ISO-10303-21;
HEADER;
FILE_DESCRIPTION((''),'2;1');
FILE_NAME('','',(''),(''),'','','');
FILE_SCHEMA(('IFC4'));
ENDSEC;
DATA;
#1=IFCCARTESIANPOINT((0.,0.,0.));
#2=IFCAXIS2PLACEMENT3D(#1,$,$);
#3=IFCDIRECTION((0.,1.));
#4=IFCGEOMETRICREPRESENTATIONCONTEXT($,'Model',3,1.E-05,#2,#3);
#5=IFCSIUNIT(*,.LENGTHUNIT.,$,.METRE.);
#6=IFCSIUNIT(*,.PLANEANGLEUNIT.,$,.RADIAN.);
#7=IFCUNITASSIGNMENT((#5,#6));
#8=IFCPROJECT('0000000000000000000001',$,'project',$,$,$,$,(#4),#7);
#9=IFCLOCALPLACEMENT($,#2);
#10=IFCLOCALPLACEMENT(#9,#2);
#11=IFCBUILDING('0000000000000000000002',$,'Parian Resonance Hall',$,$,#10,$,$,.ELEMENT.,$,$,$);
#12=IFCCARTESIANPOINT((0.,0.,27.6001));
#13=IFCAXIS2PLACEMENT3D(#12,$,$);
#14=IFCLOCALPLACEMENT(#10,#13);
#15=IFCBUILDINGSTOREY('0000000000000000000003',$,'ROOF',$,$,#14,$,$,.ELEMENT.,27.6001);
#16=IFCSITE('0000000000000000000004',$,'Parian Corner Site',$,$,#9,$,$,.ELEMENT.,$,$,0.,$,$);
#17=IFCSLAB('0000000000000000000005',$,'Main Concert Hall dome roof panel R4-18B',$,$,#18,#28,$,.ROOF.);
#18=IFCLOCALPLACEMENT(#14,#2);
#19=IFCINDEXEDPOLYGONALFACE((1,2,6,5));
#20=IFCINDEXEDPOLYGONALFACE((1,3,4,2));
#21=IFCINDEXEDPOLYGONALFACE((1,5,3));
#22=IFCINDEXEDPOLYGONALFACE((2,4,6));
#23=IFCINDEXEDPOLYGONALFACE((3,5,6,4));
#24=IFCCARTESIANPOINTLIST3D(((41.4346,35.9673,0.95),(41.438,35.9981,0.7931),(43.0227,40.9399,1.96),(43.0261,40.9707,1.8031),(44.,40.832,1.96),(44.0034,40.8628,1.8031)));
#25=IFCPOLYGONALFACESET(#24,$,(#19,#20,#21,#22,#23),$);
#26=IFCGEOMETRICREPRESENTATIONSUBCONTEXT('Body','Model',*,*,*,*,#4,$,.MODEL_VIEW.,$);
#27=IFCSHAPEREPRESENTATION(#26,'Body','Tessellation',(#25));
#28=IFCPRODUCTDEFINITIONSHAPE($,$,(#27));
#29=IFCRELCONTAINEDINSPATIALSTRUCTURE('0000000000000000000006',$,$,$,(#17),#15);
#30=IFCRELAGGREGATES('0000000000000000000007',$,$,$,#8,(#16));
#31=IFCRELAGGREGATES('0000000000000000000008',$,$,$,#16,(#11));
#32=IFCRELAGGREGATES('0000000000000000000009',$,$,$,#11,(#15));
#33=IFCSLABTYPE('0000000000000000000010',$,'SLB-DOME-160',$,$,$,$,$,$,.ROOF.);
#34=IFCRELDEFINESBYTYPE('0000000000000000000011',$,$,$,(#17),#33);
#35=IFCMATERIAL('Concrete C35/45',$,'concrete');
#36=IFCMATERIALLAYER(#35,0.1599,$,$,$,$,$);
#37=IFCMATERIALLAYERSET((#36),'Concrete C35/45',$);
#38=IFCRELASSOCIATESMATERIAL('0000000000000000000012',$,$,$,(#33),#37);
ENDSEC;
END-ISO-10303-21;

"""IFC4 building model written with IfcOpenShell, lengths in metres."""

from ifc_helpers import new_model, si_unit, direction, frame, origin, place, context, subcontext, project, spatial, polyline, outline, extrude, material, layer, layer_set, type_object, element, save


model = new_model("IFC4")

# Units and contexts
model_context = context("Model", 3, precision=1e-05, world=origin(), true_north=direction((0.0, 1.0)))
body_context = subcontext(model_context, "Body", "Model", "MODEL_VIEW")
ifc_project = project(units=[si_unit("LENGTHUNIT", "METRE"), si_unit("PLANEANGLEUNIT", "RADIAN")], contexts=[model_context])

# Site, building, storey
site_placement = place(None, origin())
site = spatial("IfcSite", under=ifc_project, at=site_placement, Name="Parian Corner Site", CompositionType="ELEMENT", RefElevation=0.0)
building_placement = place(site_placement, origin())
building = spatial("IfcBuilding", under=site, at=building_placement, Name="Parian Resonance Hall", CompositionType="ELEMENT")
storey_placement = place(building_placement, frame((0.0, 0.0, 27.6001)))
storey = spatial("IfcBuildingStorey", under=building, at=storey_placement, Name="ROOF", CompositionType="ELEMENT", Elevation=27.6001)

# Slab
ifc_material_1 = material(Name="Concrete C35/45", Category="concrete")
ifc_layer_1 = layer(ifc_material_1, 0.1599)
ifc_layer_set_1 = layer_set([ifc_layer_1], Name="Concrete C35/45")
slab_type = type_object("IfcSlabType", Name="SLB-DOME-160", PredefinedType="ROOF", material=ifc_layer_set_1)
slab_1_placement = place(storey_placement, frame((41.4346, 35.9673, 0.95), z_axis=(-0.021253, -0.19248, 0.981071), x_axis=(0.458791, 0.869991, 0.180626)))
element("IfcSlab", 1, at=slab_1_placement, inside=storey, type_object=slab_type, Name="Main Concert Hall dome roof panel R4-18B", PredefinedType="ROOF", context=body_context, shape_type="SweptSolid", body=[
    extrude(outline(polyline([(0.0, 0.0), (5.5917, 0.0), (5.2372, 0.9171), (0.0, 0.0)])), origin(), (0.0, 0.0, -1.0), 0.1599),
])

save(model, "model.ifc")
